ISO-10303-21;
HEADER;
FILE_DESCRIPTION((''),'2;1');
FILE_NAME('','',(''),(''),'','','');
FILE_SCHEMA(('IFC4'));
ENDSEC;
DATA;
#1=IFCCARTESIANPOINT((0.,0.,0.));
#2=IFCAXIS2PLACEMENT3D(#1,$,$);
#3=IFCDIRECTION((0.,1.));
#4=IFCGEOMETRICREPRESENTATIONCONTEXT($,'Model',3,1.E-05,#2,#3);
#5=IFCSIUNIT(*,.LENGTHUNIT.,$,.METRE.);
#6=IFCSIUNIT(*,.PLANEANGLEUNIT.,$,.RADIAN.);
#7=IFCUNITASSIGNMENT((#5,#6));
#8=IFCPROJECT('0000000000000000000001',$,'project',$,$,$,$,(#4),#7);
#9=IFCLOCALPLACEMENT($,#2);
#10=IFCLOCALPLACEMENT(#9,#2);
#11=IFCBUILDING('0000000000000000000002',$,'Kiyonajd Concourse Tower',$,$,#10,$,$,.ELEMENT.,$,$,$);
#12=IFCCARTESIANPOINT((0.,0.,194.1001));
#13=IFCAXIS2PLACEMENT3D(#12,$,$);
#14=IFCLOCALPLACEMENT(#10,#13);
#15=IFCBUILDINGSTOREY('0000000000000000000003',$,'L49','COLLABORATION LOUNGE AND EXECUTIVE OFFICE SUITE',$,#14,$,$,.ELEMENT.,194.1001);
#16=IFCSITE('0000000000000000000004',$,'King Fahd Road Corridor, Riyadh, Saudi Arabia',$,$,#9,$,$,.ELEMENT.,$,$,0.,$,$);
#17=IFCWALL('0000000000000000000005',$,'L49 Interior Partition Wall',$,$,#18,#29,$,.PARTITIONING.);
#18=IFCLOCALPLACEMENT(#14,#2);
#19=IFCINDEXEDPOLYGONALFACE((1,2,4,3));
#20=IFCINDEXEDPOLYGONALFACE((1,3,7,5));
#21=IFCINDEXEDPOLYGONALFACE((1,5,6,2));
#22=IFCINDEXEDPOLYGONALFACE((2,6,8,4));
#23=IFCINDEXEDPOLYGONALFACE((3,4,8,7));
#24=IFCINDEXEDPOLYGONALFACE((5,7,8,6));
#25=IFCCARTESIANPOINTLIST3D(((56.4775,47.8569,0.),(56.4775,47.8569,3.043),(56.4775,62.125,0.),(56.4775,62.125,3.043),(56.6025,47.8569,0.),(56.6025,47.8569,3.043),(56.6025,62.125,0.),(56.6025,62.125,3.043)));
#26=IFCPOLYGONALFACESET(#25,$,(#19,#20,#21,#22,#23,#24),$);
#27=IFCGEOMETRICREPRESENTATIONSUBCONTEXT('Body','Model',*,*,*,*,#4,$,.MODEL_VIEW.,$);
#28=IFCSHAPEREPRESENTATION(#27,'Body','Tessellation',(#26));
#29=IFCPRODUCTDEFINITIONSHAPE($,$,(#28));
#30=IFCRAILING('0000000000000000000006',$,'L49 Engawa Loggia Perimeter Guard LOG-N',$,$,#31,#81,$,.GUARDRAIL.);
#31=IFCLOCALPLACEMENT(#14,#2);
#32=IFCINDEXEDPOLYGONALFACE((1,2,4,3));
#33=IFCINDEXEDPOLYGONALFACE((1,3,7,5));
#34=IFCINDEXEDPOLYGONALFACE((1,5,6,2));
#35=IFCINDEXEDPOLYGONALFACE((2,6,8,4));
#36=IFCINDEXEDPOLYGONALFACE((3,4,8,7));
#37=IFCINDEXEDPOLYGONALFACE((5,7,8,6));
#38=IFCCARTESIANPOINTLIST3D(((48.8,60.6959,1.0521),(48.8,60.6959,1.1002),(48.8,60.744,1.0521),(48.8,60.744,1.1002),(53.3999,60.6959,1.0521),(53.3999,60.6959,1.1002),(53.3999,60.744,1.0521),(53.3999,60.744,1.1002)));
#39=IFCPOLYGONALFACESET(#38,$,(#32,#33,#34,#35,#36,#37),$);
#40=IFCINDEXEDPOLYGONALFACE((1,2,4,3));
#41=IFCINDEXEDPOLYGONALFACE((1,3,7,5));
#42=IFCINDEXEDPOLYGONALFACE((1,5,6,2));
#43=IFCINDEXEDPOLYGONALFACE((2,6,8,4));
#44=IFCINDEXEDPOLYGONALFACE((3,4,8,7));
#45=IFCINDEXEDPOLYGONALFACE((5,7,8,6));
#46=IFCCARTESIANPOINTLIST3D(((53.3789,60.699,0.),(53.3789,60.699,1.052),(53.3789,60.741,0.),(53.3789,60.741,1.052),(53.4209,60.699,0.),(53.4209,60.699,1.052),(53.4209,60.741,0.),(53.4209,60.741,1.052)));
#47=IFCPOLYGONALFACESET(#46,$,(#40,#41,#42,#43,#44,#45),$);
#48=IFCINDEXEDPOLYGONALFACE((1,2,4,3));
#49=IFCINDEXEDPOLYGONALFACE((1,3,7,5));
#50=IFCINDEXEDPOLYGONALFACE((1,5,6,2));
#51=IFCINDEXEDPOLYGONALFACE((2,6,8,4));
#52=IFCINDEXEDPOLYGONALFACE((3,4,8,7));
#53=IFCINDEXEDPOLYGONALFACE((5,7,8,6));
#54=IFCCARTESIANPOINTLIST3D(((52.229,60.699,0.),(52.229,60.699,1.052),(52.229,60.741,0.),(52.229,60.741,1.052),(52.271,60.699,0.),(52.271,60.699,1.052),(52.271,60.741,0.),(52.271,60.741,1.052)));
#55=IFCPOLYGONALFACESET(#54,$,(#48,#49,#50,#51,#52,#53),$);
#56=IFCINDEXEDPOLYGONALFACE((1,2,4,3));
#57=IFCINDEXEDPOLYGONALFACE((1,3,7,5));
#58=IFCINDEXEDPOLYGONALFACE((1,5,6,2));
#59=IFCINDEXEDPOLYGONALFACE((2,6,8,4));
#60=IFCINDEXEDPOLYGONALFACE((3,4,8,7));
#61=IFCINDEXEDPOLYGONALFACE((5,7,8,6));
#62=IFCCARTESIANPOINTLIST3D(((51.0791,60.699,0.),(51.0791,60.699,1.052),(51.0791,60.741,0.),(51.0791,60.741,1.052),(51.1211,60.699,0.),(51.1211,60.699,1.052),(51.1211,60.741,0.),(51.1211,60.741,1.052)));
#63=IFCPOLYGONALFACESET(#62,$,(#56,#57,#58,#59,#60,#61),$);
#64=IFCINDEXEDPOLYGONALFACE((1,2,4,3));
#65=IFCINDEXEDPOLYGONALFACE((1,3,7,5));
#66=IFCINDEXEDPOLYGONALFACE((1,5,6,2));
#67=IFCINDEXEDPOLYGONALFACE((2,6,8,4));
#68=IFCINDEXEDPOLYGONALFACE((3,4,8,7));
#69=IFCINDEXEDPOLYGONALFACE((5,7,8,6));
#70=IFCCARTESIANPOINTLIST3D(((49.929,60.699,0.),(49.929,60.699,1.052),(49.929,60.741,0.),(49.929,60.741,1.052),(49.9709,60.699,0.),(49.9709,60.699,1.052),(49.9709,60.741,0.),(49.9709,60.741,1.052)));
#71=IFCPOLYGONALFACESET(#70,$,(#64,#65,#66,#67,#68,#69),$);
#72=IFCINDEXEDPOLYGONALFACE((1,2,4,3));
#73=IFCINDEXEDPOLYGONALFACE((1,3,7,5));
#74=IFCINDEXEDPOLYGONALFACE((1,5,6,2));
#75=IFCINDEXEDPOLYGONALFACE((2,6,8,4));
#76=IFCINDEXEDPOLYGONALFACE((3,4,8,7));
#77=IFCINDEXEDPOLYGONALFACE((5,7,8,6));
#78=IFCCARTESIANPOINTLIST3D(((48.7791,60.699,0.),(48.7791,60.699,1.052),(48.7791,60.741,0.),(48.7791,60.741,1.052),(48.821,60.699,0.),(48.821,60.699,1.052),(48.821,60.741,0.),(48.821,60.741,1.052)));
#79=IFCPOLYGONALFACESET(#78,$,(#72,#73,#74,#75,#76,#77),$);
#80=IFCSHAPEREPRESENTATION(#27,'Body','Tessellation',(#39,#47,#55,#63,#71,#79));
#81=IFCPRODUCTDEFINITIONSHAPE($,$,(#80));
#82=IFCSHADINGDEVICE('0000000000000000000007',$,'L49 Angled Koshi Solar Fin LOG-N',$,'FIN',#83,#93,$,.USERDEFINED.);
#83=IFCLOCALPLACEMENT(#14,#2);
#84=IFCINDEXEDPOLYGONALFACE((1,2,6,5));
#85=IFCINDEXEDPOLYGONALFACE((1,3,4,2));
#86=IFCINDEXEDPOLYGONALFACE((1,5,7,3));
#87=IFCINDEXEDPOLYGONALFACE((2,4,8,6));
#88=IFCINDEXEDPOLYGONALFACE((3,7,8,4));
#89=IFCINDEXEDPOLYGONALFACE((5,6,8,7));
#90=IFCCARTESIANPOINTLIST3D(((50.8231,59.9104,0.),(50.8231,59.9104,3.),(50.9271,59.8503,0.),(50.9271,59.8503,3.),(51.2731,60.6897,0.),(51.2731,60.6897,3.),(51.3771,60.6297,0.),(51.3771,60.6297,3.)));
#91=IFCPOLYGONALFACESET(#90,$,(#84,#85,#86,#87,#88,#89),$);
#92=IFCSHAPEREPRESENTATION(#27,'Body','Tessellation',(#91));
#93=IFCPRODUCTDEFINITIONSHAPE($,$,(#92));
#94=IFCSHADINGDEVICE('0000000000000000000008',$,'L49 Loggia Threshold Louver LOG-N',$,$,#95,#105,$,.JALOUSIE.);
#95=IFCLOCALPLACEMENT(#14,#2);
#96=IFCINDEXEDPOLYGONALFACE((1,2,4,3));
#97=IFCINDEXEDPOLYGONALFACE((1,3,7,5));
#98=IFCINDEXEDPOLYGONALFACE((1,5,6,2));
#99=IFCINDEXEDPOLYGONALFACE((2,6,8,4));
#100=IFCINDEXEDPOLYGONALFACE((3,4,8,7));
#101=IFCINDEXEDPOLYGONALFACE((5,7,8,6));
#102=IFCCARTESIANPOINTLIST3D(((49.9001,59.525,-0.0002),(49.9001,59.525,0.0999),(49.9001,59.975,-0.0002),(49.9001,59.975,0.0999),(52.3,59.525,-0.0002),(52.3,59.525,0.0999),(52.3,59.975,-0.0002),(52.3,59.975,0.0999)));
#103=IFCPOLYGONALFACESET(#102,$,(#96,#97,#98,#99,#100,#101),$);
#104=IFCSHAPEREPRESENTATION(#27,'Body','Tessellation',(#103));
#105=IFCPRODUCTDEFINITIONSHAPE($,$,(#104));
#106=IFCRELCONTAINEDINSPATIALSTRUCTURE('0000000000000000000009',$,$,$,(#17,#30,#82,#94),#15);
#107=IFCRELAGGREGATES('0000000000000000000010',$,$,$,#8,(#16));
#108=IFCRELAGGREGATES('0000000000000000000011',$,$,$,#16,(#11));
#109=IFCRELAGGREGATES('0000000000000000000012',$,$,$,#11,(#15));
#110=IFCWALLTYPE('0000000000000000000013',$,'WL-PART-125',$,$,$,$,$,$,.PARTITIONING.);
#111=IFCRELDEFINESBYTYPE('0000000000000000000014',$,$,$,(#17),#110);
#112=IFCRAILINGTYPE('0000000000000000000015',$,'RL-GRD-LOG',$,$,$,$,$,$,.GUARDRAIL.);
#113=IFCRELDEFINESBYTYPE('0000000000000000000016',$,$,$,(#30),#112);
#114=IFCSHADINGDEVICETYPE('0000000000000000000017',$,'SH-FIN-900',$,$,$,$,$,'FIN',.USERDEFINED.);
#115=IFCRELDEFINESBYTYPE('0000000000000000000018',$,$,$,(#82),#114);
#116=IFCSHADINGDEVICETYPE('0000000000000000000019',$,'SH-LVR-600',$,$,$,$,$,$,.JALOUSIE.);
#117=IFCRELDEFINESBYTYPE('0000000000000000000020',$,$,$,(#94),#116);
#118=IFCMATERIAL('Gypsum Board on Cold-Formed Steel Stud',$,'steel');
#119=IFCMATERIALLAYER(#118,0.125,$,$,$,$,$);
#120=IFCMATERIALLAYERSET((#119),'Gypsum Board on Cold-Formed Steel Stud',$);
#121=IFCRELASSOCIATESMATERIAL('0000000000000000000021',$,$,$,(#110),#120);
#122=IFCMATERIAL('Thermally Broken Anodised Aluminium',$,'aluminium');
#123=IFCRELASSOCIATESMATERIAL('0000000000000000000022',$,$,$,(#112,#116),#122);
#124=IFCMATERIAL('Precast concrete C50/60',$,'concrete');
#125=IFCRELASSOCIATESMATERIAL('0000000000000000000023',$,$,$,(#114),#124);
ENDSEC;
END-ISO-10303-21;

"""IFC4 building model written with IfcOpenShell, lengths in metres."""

from ifc_helpers import new_model, si_unit, direction, frame, frame_2d, origin, origin_2d, place, context, subcontext, project, spatial, rectangle, extrude, material, layer, layer_set, type_object, element, save


model = new_model("IFC4")

# Units and contexts
model_context = context("Model", 3, precision=1e-05, world=origin(), true_north=direction((0.0, 1.0)))
body_context = subcontext(model_context, "Body", "Model", "MODEL_VIEW")
ifc_project = project(units=[si_unit("LENGTHUNIT", "METRE"), si_unit("PLANEANGLEUNIT", "RADIAN")], contexts=[model_context])

# Site, building, storey
site_placement = place(None, origin())
site = spatial("IfcSite", under=ifc_project, at=site_placement, Name="King Fahd Road Corridor, Riyadh, Saudi Arabia", CompositionType="ELEMENT", RefElevation=0.0)
building_placement = place(site_placement, origin())
building = spatial("IfcBuilding", under=site, at=building_placement, Name="Kiyonajd Concourse Tower", CompositionType="ELEMENT")
storey_placement = place(building_placement, frame((0.0, 0.0, 194.1001)))
storey = spatial("IfcBuildingStorey", under=building, at=storey_placement, Name="L49", Description="COLLABORATION LOUNGE AND EXECUTIVE OFFICE SUITE", CompositionType="ELEMENT", Elevation=194.1001)

# Shared definitions
ifc_material_1 = material(Name="Thermally Broken Anodised Aluminium", Category="aluminium")

# Shared definitions
ifc_material_2 = material(Name="Precast concrete C50/60", Category="concrete")

# Wall
ifc_material_3 = material(Name="Gypsum Board on Cold-Formed Steel Stud", Category="steel")
ifc_layer_1 = layer(ifc_material_3, 0.125)
ifc_layer_set_1 = layer_set([ifc_layer_1], Name="Gypsum Board on Cold-Formed Steel Stud")
wall_type_1 = type_object("IfcWallType", Name="WL-PART-125", PredefinedType="PARTITIONING", material=ifc_layer_set_1)
wall_1_placement = place(storey_placement, frame((56.54, 47.8569, 0.0), z_axis=(0.0, 0.0, 1.0), x_axis=(0.0, 1.0, 0.0)))
element("IfcWall", 1, at=wall_1_placement, inside=storey, type_object=wall_type_1, Name="L49 Interior Partition Wall", PredefinedType="PARTITIONING", context=body_context, shape_type="SweptSolid", body=[
    extrude(rectangle(XDim=14.2681, YDim=0.125, at=frame_2d((7.134, 0.0))), origin(), (0.0, 0.0, 1.0), 3.043),
])

# Railing
railing_type = type_object("IfcRailingType", Name="RL-GRD-LOG", PredefinedType="GUARDRAIL", material=ifc_material_1)
railing_placement = place(storey_placement, frame((53.3999, 60.72, 0.0)))
element("IfcRailing", 2, at=railing_placement, inside=storey, type_object=railing_type, Name="L49 Engawa Loggia Perimeter Guard LOG-N", PredefinedType="GUARDRAIL", context=body_context, shape_type="SweptSolid", body=[
    extrude(rectangle(XDim=0.0481, YDim=0.0481, at=origin_2d()), frame((0.0, 0.0, 1.0762), z_axis=(-1.0, 0.0, 0.0), x_axis=(0.0, -1.0, 0.0)), (0.0, 0.0, 1.0), 4.5999),
    extrude(rectangle(XDim=0.042, YDim=0.042, at=origin_2d()), origin(), (0.0, 0.0, 1.0), 1.052),
    extrude(rectangle(XDim=0.042, YDim=0.042, at=origin_2d()), frame((-1.1499, 0.0, 0.0)), (0.0, 0.0, 1.0), 1.052),
    extrude(rectangle(XDim=0.042, YDim=0.042, at=origin_2d()), frame((-2.2998, 0.0, 0.0)), (0.0, 0.0, 1.0), 1.052),
    extrude(rectangle(XDim=0.042, YDim=0.042, at=origin_2d()), frame((-3.45, 0.0, 0.0)), (0.0, 0.0, 1.0), 1.052),
    extrude(rectangle(XDim=0.042, YDim=0.042, at=origin_2d()), frame((-4.5999, 0.0, 0.0)), (0.0, 0.0, 1.0), 1.052),
])

# Shading devices
shading_device_type_1 = type_object("IfcShadingDeviceType", Name="SH-FIN-900", ElementType="FIN", PredefinedType="USERDEFINED", material=ifc_material_2)
shading_device_1_placement = place(storey_placement, frame((51.1001, 60.27, 0.0), z_axis=(0.0, 0.0, 1.0), x_axis=(0.5, 0.866025, 0.0)))
element("IfcShadingDevice", 3, at=shading_device_1_placement, inside=storey, type_object=shading_device_type_1, Name="L49 Angled Koshi Solar Fin LOG-N", ObjectType="FIN", PredefinedType="USERDEFINED", context=body_context, shape_type="SweptSolid", body=[
    extrude(rectangle(XDim=0.8999, YDim=0.1201, at=origin_2d()), origin(), (0.0, 0.0, 1.0), 3.0),
])
shading_device_type_2 = type_object("IfcShadingDeviceType", Name="SH-LVR-600", PredefinedType="JALOUSIE", material=ifc_material_1)
shading_device_2_placement = place(storey_placement, frame((51.1001, 59.75, -0.0002), z_axis=(0.0, 0.0, 1.0), x_axis=(1.0, 0.0, 0.0)))
element("IfcShadingDevice", 4, at=shading_device_2_placement, inside=storey, type_object=shading_device_type_2, Name="L49 Loggia Threshold Louver LOG-N", PredefinedType="JALOUSIE", context=body_context, shape_type="SweptSolid", body=[
    extrude(rectangle(XDim=2.3999, YDim=0.45, at=origin_2d()), origin(), (0.0, 0.0, 1.0), 0.1001),
])

save(model, "model.ifc")
